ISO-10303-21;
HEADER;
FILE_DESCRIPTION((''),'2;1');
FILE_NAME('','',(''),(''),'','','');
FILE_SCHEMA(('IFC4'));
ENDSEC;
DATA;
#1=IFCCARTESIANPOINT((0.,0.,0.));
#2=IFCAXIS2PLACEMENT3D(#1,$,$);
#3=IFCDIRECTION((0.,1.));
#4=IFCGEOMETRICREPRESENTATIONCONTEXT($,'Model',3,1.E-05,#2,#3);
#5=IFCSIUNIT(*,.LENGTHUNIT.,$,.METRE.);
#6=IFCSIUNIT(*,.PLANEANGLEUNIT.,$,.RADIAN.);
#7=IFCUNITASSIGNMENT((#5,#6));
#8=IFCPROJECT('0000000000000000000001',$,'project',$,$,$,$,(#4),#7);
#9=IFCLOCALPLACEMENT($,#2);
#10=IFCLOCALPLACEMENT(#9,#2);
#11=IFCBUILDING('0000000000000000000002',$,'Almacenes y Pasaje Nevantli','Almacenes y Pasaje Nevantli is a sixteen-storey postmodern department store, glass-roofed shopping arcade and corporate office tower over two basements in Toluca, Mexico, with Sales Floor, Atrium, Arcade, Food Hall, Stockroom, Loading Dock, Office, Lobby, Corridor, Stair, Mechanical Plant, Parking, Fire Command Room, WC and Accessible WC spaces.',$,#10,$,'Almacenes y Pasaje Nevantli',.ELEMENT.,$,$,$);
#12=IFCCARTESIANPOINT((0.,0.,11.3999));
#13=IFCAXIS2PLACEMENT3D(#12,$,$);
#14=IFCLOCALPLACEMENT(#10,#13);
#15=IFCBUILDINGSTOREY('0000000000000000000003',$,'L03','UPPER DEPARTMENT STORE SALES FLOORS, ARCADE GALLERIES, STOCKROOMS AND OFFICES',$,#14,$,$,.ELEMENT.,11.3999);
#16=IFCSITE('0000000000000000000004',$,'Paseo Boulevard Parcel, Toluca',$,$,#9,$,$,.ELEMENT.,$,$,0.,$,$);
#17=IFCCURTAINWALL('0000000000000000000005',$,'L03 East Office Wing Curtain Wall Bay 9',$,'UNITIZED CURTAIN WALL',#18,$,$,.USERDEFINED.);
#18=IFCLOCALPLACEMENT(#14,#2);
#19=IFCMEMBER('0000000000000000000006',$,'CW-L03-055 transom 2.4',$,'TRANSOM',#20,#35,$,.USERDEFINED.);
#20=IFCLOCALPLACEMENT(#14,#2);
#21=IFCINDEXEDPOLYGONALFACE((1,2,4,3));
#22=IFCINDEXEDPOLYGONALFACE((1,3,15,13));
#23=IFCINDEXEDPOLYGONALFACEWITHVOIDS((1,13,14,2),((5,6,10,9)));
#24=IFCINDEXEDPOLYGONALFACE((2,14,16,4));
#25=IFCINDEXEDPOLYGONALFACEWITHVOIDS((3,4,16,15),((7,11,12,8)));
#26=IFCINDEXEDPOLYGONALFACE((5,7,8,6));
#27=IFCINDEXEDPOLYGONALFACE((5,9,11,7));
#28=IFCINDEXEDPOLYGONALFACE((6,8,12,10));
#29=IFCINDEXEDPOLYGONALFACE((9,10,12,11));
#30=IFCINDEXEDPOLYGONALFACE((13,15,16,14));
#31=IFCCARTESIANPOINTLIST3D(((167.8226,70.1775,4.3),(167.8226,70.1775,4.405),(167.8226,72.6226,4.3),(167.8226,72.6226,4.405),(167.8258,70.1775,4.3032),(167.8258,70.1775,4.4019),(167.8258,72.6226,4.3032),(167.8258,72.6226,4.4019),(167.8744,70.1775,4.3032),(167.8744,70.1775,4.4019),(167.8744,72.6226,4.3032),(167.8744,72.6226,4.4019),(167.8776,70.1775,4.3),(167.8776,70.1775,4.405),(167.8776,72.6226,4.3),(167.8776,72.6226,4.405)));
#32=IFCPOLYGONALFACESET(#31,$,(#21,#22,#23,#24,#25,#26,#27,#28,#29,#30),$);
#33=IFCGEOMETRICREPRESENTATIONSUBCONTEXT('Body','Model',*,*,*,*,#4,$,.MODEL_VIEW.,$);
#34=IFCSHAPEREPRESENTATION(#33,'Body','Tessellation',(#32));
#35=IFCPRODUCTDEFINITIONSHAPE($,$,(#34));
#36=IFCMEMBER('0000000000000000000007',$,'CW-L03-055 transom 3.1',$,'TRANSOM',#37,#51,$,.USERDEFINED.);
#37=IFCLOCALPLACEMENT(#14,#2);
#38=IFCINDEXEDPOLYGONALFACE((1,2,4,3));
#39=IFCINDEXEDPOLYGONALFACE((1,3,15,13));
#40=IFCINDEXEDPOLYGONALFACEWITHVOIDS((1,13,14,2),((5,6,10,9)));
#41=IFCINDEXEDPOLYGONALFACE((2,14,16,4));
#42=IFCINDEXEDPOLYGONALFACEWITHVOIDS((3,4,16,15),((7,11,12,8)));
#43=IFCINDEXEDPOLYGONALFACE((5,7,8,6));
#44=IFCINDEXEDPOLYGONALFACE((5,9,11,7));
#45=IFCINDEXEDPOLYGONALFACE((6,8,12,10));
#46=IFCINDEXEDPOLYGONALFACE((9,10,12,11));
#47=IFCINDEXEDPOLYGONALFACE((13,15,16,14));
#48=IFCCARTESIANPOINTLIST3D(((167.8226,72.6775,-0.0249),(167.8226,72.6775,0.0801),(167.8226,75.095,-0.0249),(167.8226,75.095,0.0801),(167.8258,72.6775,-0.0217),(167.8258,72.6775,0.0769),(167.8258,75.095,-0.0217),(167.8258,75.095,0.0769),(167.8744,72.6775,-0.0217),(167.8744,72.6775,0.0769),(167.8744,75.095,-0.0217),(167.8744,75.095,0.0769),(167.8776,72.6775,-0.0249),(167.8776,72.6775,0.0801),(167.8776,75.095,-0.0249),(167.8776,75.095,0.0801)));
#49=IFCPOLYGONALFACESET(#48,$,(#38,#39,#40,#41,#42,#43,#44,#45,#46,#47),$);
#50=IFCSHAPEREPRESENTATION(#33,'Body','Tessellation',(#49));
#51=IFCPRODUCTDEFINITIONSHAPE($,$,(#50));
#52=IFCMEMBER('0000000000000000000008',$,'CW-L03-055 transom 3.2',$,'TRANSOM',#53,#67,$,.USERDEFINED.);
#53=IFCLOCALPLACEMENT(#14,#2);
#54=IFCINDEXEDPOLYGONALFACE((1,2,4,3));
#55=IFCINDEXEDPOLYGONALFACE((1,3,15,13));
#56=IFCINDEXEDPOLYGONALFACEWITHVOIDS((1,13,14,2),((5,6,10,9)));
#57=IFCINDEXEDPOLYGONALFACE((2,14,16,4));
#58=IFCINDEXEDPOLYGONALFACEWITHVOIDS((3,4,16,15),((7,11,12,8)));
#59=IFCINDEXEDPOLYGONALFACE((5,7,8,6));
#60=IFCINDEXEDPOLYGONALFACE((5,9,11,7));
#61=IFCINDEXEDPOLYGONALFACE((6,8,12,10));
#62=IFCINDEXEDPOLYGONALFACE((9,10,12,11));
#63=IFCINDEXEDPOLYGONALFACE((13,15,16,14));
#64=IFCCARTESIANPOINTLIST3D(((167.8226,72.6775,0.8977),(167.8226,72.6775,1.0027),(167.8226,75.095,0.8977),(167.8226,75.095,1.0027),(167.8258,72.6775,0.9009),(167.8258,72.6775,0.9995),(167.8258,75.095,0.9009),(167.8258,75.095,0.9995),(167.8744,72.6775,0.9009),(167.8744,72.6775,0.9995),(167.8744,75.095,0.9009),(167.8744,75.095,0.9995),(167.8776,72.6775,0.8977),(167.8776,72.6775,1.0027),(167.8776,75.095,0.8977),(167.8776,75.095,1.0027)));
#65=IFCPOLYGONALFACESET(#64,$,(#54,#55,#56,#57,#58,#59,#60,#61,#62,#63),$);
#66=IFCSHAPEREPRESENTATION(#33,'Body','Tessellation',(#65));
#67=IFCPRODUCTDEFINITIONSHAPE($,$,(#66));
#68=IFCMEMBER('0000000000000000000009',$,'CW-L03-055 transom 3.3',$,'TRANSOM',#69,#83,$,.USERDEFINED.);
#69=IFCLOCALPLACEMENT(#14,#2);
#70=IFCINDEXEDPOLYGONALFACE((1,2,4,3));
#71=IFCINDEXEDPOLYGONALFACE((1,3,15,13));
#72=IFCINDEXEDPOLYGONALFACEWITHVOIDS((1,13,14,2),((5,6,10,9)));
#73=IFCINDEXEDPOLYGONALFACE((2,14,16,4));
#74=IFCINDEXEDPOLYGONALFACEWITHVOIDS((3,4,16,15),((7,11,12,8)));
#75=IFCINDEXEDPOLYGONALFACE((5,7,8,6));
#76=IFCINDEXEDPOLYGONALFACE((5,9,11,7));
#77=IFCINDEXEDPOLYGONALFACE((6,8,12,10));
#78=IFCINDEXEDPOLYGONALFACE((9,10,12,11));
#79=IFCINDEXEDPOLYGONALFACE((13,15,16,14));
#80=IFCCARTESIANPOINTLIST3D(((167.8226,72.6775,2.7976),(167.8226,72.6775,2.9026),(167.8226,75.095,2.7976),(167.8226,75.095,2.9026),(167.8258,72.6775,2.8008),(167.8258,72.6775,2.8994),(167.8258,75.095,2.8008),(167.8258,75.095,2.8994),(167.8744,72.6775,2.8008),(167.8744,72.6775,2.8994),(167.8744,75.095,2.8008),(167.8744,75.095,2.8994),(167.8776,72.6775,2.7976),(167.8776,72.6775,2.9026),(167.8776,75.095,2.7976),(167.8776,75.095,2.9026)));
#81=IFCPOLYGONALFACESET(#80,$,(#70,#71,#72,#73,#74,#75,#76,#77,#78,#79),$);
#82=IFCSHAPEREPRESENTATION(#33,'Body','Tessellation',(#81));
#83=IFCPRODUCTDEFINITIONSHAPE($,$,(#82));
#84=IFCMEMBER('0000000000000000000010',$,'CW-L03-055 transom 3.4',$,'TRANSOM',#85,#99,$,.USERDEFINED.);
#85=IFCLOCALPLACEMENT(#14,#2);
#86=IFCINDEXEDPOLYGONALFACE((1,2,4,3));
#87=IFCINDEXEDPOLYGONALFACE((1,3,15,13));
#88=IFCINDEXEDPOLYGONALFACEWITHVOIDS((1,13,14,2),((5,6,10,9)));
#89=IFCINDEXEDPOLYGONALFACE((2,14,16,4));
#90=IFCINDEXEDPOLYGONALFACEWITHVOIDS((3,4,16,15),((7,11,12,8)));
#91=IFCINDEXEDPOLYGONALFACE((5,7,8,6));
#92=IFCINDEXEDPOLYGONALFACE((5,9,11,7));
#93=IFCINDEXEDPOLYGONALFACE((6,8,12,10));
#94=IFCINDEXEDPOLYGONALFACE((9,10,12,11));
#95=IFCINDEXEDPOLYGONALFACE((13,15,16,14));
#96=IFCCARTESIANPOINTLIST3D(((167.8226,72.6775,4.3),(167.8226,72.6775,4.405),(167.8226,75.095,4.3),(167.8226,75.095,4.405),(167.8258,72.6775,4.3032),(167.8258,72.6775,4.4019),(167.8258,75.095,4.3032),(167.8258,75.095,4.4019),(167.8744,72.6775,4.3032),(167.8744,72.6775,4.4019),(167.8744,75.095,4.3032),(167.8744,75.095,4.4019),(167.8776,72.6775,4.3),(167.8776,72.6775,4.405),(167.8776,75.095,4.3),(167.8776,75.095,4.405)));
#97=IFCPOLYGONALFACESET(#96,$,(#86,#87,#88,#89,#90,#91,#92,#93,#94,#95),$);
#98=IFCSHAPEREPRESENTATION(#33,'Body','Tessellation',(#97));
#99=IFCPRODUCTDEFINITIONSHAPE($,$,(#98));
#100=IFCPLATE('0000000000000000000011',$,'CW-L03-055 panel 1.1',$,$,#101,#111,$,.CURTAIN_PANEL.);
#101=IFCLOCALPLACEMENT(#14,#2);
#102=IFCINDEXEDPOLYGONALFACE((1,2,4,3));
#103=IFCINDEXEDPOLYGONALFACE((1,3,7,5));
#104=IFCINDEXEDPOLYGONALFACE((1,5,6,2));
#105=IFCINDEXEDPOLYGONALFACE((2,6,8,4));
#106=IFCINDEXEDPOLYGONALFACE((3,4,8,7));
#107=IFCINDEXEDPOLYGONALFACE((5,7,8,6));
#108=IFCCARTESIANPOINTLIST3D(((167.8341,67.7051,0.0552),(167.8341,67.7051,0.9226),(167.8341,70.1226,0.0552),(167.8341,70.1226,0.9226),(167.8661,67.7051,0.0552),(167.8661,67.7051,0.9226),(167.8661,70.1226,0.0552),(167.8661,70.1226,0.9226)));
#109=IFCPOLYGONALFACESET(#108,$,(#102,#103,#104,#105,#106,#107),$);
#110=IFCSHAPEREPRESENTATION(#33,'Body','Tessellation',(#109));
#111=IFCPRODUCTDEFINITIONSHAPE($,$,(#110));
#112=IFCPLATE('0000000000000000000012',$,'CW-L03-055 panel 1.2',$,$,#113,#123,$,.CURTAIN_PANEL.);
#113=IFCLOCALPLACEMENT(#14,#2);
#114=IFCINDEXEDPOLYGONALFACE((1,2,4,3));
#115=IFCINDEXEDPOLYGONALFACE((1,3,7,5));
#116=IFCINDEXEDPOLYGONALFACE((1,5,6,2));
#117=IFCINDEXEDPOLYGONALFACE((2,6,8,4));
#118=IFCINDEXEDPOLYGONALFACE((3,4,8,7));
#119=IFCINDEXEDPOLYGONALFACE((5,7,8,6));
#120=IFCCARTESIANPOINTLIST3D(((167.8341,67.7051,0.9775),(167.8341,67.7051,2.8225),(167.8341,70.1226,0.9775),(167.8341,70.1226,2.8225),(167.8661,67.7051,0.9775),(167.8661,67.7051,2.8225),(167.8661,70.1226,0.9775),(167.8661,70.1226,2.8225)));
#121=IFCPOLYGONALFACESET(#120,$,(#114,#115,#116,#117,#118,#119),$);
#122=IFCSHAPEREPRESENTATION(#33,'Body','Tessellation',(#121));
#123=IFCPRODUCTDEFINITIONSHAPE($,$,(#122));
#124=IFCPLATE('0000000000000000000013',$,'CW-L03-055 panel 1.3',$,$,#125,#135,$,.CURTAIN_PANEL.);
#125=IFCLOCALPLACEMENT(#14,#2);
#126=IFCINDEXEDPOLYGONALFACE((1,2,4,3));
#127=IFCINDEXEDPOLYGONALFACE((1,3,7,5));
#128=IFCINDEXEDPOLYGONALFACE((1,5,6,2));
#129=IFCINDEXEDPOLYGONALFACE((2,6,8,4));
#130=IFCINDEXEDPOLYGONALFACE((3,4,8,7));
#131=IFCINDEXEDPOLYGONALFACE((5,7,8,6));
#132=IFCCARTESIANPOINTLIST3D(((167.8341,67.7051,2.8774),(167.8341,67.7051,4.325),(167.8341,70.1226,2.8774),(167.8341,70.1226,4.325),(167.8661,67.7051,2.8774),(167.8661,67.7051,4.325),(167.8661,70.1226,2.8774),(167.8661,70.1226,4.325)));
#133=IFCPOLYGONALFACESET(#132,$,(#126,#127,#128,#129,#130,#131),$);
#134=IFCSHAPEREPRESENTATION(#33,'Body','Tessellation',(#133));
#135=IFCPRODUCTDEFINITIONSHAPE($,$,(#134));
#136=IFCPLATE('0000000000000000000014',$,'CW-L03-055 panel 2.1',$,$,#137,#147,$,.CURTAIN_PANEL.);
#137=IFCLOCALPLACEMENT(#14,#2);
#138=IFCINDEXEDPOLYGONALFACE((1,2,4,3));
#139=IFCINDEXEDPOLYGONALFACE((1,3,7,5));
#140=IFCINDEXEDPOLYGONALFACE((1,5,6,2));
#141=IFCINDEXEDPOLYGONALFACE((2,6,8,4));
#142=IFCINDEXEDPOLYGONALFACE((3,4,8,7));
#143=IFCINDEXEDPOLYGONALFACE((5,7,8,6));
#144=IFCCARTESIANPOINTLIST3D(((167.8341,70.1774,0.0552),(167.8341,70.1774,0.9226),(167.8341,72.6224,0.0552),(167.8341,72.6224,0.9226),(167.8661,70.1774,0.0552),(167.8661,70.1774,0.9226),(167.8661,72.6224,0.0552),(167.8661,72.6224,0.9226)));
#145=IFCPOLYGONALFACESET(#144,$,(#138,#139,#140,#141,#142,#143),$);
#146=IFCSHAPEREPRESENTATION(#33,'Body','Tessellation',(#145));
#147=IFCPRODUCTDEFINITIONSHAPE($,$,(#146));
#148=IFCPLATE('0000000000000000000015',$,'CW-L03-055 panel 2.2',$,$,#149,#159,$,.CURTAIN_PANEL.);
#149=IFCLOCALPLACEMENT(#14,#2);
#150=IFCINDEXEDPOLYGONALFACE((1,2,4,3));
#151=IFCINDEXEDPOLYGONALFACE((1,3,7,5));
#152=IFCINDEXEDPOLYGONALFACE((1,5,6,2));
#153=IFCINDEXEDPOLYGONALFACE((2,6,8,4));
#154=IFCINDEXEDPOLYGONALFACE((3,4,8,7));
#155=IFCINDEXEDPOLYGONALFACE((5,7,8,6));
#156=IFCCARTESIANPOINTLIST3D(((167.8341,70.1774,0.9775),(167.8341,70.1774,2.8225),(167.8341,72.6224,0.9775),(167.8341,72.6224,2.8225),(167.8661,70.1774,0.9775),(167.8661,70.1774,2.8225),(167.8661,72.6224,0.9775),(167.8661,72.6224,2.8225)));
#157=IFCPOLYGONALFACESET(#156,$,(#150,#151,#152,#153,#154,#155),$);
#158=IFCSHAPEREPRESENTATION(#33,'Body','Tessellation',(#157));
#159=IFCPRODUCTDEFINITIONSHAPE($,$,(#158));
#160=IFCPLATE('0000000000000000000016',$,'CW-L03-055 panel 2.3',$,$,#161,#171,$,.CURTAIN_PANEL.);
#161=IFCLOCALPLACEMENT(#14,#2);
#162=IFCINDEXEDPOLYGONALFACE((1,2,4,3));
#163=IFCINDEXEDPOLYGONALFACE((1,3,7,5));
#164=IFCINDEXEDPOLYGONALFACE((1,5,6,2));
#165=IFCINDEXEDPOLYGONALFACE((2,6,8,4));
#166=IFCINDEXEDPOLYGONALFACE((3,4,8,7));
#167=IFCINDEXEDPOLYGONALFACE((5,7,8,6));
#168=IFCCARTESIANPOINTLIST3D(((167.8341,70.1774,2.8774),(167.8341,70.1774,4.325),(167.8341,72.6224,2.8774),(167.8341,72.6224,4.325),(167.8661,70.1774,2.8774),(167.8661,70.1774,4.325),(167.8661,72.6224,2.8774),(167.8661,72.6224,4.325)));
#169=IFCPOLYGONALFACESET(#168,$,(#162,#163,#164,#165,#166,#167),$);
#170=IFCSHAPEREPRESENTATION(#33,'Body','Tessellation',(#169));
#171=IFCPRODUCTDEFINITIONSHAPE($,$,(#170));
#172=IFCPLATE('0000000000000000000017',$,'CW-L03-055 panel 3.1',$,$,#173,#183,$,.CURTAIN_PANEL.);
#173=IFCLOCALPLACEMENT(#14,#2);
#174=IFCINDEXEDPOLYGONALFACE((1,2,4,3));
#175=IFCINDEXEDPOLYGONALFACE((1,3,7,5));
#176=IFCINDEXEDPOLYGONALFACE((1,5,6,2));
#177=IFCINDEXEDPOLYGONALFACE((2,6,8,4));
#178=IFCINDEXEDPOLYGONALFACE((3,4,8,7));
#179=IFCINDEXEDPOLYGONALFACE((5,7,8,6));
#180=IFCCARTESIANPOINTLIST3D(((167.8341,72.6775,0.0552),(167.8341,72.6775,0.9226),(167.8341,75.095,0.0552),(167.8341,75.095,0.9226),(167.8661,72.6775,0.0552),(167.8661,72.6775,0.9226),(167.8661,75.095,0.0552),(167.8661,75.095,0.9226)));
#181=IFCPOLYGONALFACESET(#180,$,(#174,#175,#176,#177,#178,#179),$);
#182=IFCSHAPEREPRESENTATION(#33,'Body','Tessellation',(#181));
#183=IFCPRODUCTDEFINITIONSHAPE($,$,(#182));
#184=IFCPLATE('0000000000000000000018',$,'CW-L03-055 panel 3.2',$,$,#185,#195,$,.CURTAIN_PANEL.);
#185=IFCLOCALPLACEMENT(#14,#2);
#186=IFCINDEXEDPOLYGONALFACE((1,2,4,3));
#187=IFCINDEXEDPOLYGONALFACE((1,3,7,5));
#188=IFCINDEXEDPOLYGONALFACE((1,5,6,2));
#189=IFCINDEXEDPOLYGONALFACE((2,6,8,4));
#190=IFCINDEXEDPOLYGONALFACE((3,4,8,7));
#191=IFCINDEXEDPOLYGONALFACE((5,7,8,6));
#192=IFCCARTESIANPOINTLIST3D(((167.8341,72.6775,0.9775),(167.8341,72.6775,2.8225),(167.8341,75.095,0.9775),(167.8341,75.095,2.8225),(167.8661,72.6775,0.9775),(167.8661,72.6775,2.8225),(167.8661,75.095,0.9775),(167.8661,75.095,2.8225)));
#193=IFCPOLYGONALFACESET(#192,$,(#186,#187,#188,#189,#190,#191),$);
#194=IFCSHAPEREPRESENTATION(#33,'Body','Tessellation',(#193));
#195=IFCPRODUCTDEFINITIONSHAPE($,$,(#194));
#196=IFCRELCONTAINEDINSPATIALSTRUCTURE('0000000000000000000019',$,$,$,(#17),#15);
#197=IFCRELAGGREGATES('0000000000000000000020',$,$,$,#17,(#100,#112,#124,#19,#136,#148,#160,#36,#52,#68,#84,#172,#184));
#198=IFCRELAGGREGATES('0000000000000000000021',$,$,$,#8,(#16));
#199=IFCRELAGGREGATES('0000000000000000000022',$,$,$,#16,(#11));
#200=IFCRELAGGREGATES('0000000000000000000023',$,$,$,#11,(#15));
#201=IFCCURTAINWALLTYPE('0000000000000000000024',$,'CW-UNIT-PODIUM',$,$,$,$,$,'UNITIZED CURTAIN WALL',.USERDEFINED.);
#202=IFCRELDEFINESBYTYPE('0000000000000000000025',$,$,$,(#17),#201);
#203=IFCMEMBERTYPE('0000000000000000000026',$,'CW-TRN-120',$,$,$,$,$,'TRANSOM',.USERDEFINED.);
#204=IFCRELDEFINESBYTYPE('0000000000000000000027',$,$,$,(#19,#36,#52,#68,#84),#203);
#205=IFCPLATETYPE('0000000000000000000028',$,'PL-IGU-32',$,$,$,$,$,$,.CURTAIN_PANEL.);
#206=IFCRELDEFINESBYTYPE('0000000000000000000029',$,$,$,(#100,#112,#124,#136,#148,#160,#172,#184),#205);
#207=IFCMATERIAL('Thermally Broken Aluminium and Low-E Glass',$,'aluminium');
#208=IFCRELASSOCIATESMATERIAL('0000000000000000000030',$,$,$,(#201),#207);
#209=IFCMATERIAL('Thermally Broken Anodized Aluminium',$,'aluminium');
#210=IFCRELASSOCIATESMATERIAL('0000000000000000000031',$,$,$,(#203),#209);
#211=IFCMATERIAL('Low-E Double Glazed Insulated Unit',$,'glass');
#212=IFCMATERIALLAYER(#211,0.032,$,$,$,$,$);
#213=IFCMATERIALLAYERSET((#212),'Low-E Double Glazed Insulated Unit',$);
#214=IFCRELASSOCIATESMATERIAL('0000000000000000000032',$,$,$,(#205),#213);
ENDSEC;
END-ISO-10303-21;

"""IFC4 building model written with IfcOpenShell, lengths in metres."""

from ifc_helpers import new_model, si_unit, direction, frame, origin, origin_2d, place, context, subcontext, project, spatial, rectangle, hollow_rectangle, extrude, material, layer, layer_set, material_profile, profile_set, type_object, element, aggregate, save


model = new_model("IFC4")

# Units and contexts
model_context = context("Model", 3, precision=1e-05, world=origin(), true_north=direction((0.0, 1.0)))
body_context = subcontext(model_context, "Body", "Model", "MODEL_VIEW")
ifc_project = project(units=[si_unit("LENGTHUNIT", "METRE"), si_unit("PLANEANGLEUNIT", "RADIAN")], contexts=[model_context])

# Site, building, storey
site_placement = place(None, origin())
site = spatial("IfcSite", under=ifc_project, at=site_placement, Name="Paseo Boulevard Parcel, Toluca", CompositionType="ELEMENT", RefElevation=0.0)
building_placement = place(site_placement, origin())
building = spatial("IfcBuilding", under=site, at=building_placement, Name="Almacenes y Pasaje Nevantli", Description="Almacenes y Pasaje Nevantli is a sixteen-storey postmodern department store, glass-roofed shopping arcade and corporate office tower over two basements in Toluca, Mexico, with Sales Floor, Atrium, Arcade, Food Hall, Stockroom, Loading Dock, Office, Lobby, Corridor, Stair, Mechanical Plant, Parking, Fire Command Room, WC and Accessible WC spaces.", LongName="Almacenes y Pasaje Nevantli", CompositionType="ELEMENT")
storey_placement = place(building_placement, frame((0.0, 0.0, 11.3999)))
storey = spatial("IfcBuildingStorey", under=building, at=storey_placement, Name="L03", Description="UPPER DEPARTMENT STORE SALES FLOORS, ARCADE GALLERIES, STOCKROOMS AND OFFICES", CompositionType="ELEMENT", Elevation=11.3999)

# Curtain wall, members, plates
ifc_material_1 = material(Name="Thermally Broken Aluminium and Low-E Glass", Category="aluminium")
curtain_wall_type = type_object("IfcCurtainWallType", Name="CW-UNIT-PODIUM", ElementType="UNITIZED CURTAIN WALL", PredefinedType="USERDEFINED", material=ifc_material_1)
curtain_wall_placement = place(storey_placement, origin())
curtain_wall = element("IfcCurtainWall", 1, at=curtain_wall_placement, inside=storey, type_object=curtain_wall_type, Name="L03 East Office Wing Curtain Wall Bay 9", ObjectType="UNITIZED CURTAIN WALL", PredefinedType="USERDEFINED")
ifc_material_2 = material(Name="Thermally Broken Anodized Aluminium", Category="aluminium")
ifc_material_profile_1 = material_profile(ifc_material_2, hollow_rectangle(XDim=0.0549, YDim=0.105, WallThickness=0.0032, at=origin_2d()), Name="ALU-TRN-55x105")
ifc_profile_set_1 = profile_set([ifc_material_profile_1], Name="Thermally Broken Anodized Aluminium")
member_type_1 = type_object("IfcMemberType", Name="CW-TRN-120", ElementType="TRANSOM", PredefinedType="USERDEFINED", material=ifc_profile_set_1)
member_1_placement = place(storey_placement, frame((167.8501, 70.1775, 4.3525), z_axis=(0.0, 1.0, 0.0), x_axis=(-1.0, 0.0, 0.0)))
member_1 = element("IfcMember", 2, at=member_1_placement, type_object=member_type_1, Name="CW-L03-055 transom 2.4", ObjectType="TRANSOM", PredefinedType="USERDEFINED", context=body_context, shape_type="SweptSolid", body=[
    extrude(hollow_rectangle(XDim=0.0549, YDim=0.105, WallThickness=0.0032, at=origin_2d()), origin(), (0.0, 0.0, 1.0), 2.4451),
])
member_2_placement = place(storey_placement, frame((167.8501, 72.6775, 0.0276), z_axis=(0.0, 1.0, 0.0), x_axis=(-1.0, 0.0, 0.0)))
member_2 = element("IfcMember", 3, at=member_2_placement, type_object=member_type_1, Name="CW-L03-055 transom 3.1", ObjectType="TRANSOM", PredefinedType="USERDEFINED", context=body_context, shape_type="SweptSolid", body=[
    extrude(hollow_rectangle(XDim=0.0549, YDim=0.105, WallThickness=0.0032, at=origin_2d()), origin(), (0.0, 0.0, 1.0), 2.4175),
])
member_3_placement = place(storey_placement, frame((167.8501, 72.6775, 0.9502), z_axis=(0.0, 1.0, 0.0), x_axis=(-1.0, 0.0, 0.0)))
member_3 = element("IfcMember", 4, at=member_3_placement, type_object=member_type_1, Name="CW-L03-055 transom 3.2", ObjectType="TRANSOM", PredefinedType="USERDEFINED", context=body_context, shape_type="SweptSolid", body=[
    extrude(hollow_rectangle(XDim=0.0549, YDim=0.105, WallThickness=0.0032, at=origin_2d()), origin(), (0.0, 0.0, 1.0), 2.4175),
])
member_4_placement = place(storey_placement, frame((167.8501, 72.6775, 2.8501), z_axis=(0.0, 1.0, 0.0), x_axis=(-1.0, 0.0, 0.0)))
member_4 = element("IfcMember", 5, at=member_4_placement, type_object=member_type_1, Name="CW-L03-055 transom 3.3", ObjectType="TRANSOM", PredefinedType="USERDEFINED", context=body_context, shape_type="SweptSolid", body=[
    extrude(hollow_rectangle(XDim=0.0549, YDim=0.105, WallThickness=0.0032, at=origin_2d()), origin(), (0.0, 0.0, 1.0), 2.4175),
])
member_5_placement = place(storey_placement, frame((167.8501, 72.6775, 4.3525), z_axis=(0.0, 1.0, 0.0), x_axis=(-1.0, 0.0, 0.0)))
member_5 = element("IfcMember", 6, at=member_5_placement, type_object=member_type_1, Name="CW-L03-055 transom 3.4", ObjectType="TRANSOM", PredefinedType="USERDEFINED", context=body_context, shape_type="SweptSolid", body=[
    extrude(hollow_rectangle(XDim=0.0549, YDim=0.105, WallThickness=0.0032, at=origin_2d()), origin(), (0.0, 0.0, 1.0), 2.4175),
])
ifc_material_3 = material(Name="Low-E Double Glazed Insulated Unit", Category="glass")
ifc_layer_1 = layer(ifc_material_3, 0.032)
ifc_layer_set_1 = layer_set([ifc_layer_1], Name="Low-E Double Glazed Insulated Unit")
plate_type = type_object("IfcPlateType", Name="PL-IGU-32", PredefinedType="CURTAIN_PANEL", material=ifc_layer_set_1)
plate_1_placement = place(storey_placement, frame((167.8501, 68.9138, 0.0552), z_axis=(0.0, 0.0, 1.0), x_axis=(0.0, 1.0, 0.0)))
plate_1 = element("IfcPlate", 7, at=plate_1_placement, type_object=plate_type, Name="CW-L03-055 panel 1.1", PredefinedType="CURTAIN_PANEL", context=body_context, shape_type="SweptSolid", body=[
    extrude(rectangle(XDim=2.4175, YDim=0.032, at=origin_2d()), origin(), (0.0, 0.0, 1.0), 0.8674),
])
plate_2_placement = place(storey_placement, frame((167.8501, 68.9138, 0.9775), z_axis=(0.0, 0.0, 1.0), x_axis=(0.0, 1.0, 0.0)))
plate_2 = element("IfcPlate", 8, at=plate_2_placement, type_object=plate_type, Name="CW-L03-055 panel 1.2", PredefinedType="CURTAIN_PANEL", context=body_context, shape_type="SweptSolid", body=[
    extrude(rectangle(XDim=2.4175, YDim=0.032, at=origin_2d()), origin(), (0.0, 0.0, 1.0), 1.845),
])
plate_3_placement = place(storey_placement, frame((167.8501, 68.9138, 2.8774), z_axis=(0.0, 0.0, 1.0), x_axis=(0.0, 1.0, 0.0)))
plate_3 = element("IfcPlate", 9, at=plate_3_placement, type_object=plate_type, Name="CW-L03-055 panel 1.3", PredefinedType="CURTAIN_PANEL", context=body_context, shape_type="SweptSolid", body=[
    extrude(rectangle(XDim=2.4175, YDim=0.032, at=origin_2d()), origin(), (0.0, 0.0, 1.0), 1.4475),
])
plate_4_placement = place(storey_placement, frame((167.8501, 71.3999, 0.0552), z_axis=(0.0, 0.0, 1.0), x_axis=(0.0, 1.0, 0.0)))
plate_4 = element("IfcPlate", 10, at=plate_4_placement, type_object=plate_type, Name="CW-L03-055 panel 2.1", PredefinedType="CURTAIN_PANEL", context=body_context, shape_type="SweptSolid", body=[
    extrude(rectangle(XDim=2.4451, YDim=0.032, at=origin_2d()), origin(), (0.0, 0.0, 1.0), 0.8674),
])
plate_5_placement = place(storey_placement, frame((167.8501, 71.3999, 0.9775), z_axis=(0.0, 0.0, 1.0), x_axis=(0.0, 1.0, 0.0)))
plate_5 = element("IfcPlate", 11, at=plate_5_placement, type_object=plate_type, Name="CW-L03-055 panel 2.2", PredefinedType="CURTAIN_PANEL", context=body_context, shape_type="SweptSolid", body=[
    extrude(rectangle(XDim=2.4451, YDim=0.032, at=origin_2d()), origin(), (0.0, 0.0, 1.0), 1.845),
])
plate_6_placement = place(storey_placement, frame((167.8501, 71.3999, 2.8774), z_axis=(0.0, 0.0, 1.0), x_axis=(0.0, 1.0, 0.0)))
plate_6 = element("IfcPlate", 12, at=plate_6_placement, type_object=plate_type, Name="CW-L03-055 panel 2.3", PredefinedType="CURTAIN_PANEL", context=body_context, shape_type="SweptSolid", body=[
    extrude(rectangle(XDim=2.4451, YDim=0.032, at=origin_2d()), origin(), (0.0, 0.0, 1.0), 1.4475),
])
plate_7_placement = place(storey_placement, frame((167.8501, 73.8862, 0.0552), z_axis=(0.0, 0.0, 1.0), x_axis=(0.0, 1.0, 0.0)))
plate_7 = element("IfcPlate", 13, at=plate_7_placement, type_object=plate_type, Name="CW-L03-055 panel 3.1", PredefinedType="CURTAIN_PANEL", context=body_context, shape_type="SweptSolid", body=[
    extrude(rectangle(XDim=2.4175, YDim=0.032, at=origin_2d()), origin(), (0.0, 0.0, 1.0), 0.8674),
])
plate_8_placement = place(storey_placement, frame((167.8501, 73.8862, 0.9775), z_axis=(0.0, 0.0, 1.0), x_axis=(0.0, 1.0, 0.0)))
plate_8 = element("IfcPlate", 14, at=plate_8_placement, type_object=plate_type, Name="CW-L03-055 panel 3.2", PredefinedType="CURTAIN_PANEL", context=body_context, shape_type="SweptSolid", body=[
    extrude(rectangle(XDim=2.4175, YDim=0.032, at=origin_2d()), origin(), (0.0, 0.0, 1.0), 1.845),
])
aggregate(curtain_wall, [plate_1, plate_2, plate_3, member_1, plate_4, plate_5, plate_6, member_2, member_3, member_4, member_5, plate_7, plate_8])

save(model, "model.ifc")
